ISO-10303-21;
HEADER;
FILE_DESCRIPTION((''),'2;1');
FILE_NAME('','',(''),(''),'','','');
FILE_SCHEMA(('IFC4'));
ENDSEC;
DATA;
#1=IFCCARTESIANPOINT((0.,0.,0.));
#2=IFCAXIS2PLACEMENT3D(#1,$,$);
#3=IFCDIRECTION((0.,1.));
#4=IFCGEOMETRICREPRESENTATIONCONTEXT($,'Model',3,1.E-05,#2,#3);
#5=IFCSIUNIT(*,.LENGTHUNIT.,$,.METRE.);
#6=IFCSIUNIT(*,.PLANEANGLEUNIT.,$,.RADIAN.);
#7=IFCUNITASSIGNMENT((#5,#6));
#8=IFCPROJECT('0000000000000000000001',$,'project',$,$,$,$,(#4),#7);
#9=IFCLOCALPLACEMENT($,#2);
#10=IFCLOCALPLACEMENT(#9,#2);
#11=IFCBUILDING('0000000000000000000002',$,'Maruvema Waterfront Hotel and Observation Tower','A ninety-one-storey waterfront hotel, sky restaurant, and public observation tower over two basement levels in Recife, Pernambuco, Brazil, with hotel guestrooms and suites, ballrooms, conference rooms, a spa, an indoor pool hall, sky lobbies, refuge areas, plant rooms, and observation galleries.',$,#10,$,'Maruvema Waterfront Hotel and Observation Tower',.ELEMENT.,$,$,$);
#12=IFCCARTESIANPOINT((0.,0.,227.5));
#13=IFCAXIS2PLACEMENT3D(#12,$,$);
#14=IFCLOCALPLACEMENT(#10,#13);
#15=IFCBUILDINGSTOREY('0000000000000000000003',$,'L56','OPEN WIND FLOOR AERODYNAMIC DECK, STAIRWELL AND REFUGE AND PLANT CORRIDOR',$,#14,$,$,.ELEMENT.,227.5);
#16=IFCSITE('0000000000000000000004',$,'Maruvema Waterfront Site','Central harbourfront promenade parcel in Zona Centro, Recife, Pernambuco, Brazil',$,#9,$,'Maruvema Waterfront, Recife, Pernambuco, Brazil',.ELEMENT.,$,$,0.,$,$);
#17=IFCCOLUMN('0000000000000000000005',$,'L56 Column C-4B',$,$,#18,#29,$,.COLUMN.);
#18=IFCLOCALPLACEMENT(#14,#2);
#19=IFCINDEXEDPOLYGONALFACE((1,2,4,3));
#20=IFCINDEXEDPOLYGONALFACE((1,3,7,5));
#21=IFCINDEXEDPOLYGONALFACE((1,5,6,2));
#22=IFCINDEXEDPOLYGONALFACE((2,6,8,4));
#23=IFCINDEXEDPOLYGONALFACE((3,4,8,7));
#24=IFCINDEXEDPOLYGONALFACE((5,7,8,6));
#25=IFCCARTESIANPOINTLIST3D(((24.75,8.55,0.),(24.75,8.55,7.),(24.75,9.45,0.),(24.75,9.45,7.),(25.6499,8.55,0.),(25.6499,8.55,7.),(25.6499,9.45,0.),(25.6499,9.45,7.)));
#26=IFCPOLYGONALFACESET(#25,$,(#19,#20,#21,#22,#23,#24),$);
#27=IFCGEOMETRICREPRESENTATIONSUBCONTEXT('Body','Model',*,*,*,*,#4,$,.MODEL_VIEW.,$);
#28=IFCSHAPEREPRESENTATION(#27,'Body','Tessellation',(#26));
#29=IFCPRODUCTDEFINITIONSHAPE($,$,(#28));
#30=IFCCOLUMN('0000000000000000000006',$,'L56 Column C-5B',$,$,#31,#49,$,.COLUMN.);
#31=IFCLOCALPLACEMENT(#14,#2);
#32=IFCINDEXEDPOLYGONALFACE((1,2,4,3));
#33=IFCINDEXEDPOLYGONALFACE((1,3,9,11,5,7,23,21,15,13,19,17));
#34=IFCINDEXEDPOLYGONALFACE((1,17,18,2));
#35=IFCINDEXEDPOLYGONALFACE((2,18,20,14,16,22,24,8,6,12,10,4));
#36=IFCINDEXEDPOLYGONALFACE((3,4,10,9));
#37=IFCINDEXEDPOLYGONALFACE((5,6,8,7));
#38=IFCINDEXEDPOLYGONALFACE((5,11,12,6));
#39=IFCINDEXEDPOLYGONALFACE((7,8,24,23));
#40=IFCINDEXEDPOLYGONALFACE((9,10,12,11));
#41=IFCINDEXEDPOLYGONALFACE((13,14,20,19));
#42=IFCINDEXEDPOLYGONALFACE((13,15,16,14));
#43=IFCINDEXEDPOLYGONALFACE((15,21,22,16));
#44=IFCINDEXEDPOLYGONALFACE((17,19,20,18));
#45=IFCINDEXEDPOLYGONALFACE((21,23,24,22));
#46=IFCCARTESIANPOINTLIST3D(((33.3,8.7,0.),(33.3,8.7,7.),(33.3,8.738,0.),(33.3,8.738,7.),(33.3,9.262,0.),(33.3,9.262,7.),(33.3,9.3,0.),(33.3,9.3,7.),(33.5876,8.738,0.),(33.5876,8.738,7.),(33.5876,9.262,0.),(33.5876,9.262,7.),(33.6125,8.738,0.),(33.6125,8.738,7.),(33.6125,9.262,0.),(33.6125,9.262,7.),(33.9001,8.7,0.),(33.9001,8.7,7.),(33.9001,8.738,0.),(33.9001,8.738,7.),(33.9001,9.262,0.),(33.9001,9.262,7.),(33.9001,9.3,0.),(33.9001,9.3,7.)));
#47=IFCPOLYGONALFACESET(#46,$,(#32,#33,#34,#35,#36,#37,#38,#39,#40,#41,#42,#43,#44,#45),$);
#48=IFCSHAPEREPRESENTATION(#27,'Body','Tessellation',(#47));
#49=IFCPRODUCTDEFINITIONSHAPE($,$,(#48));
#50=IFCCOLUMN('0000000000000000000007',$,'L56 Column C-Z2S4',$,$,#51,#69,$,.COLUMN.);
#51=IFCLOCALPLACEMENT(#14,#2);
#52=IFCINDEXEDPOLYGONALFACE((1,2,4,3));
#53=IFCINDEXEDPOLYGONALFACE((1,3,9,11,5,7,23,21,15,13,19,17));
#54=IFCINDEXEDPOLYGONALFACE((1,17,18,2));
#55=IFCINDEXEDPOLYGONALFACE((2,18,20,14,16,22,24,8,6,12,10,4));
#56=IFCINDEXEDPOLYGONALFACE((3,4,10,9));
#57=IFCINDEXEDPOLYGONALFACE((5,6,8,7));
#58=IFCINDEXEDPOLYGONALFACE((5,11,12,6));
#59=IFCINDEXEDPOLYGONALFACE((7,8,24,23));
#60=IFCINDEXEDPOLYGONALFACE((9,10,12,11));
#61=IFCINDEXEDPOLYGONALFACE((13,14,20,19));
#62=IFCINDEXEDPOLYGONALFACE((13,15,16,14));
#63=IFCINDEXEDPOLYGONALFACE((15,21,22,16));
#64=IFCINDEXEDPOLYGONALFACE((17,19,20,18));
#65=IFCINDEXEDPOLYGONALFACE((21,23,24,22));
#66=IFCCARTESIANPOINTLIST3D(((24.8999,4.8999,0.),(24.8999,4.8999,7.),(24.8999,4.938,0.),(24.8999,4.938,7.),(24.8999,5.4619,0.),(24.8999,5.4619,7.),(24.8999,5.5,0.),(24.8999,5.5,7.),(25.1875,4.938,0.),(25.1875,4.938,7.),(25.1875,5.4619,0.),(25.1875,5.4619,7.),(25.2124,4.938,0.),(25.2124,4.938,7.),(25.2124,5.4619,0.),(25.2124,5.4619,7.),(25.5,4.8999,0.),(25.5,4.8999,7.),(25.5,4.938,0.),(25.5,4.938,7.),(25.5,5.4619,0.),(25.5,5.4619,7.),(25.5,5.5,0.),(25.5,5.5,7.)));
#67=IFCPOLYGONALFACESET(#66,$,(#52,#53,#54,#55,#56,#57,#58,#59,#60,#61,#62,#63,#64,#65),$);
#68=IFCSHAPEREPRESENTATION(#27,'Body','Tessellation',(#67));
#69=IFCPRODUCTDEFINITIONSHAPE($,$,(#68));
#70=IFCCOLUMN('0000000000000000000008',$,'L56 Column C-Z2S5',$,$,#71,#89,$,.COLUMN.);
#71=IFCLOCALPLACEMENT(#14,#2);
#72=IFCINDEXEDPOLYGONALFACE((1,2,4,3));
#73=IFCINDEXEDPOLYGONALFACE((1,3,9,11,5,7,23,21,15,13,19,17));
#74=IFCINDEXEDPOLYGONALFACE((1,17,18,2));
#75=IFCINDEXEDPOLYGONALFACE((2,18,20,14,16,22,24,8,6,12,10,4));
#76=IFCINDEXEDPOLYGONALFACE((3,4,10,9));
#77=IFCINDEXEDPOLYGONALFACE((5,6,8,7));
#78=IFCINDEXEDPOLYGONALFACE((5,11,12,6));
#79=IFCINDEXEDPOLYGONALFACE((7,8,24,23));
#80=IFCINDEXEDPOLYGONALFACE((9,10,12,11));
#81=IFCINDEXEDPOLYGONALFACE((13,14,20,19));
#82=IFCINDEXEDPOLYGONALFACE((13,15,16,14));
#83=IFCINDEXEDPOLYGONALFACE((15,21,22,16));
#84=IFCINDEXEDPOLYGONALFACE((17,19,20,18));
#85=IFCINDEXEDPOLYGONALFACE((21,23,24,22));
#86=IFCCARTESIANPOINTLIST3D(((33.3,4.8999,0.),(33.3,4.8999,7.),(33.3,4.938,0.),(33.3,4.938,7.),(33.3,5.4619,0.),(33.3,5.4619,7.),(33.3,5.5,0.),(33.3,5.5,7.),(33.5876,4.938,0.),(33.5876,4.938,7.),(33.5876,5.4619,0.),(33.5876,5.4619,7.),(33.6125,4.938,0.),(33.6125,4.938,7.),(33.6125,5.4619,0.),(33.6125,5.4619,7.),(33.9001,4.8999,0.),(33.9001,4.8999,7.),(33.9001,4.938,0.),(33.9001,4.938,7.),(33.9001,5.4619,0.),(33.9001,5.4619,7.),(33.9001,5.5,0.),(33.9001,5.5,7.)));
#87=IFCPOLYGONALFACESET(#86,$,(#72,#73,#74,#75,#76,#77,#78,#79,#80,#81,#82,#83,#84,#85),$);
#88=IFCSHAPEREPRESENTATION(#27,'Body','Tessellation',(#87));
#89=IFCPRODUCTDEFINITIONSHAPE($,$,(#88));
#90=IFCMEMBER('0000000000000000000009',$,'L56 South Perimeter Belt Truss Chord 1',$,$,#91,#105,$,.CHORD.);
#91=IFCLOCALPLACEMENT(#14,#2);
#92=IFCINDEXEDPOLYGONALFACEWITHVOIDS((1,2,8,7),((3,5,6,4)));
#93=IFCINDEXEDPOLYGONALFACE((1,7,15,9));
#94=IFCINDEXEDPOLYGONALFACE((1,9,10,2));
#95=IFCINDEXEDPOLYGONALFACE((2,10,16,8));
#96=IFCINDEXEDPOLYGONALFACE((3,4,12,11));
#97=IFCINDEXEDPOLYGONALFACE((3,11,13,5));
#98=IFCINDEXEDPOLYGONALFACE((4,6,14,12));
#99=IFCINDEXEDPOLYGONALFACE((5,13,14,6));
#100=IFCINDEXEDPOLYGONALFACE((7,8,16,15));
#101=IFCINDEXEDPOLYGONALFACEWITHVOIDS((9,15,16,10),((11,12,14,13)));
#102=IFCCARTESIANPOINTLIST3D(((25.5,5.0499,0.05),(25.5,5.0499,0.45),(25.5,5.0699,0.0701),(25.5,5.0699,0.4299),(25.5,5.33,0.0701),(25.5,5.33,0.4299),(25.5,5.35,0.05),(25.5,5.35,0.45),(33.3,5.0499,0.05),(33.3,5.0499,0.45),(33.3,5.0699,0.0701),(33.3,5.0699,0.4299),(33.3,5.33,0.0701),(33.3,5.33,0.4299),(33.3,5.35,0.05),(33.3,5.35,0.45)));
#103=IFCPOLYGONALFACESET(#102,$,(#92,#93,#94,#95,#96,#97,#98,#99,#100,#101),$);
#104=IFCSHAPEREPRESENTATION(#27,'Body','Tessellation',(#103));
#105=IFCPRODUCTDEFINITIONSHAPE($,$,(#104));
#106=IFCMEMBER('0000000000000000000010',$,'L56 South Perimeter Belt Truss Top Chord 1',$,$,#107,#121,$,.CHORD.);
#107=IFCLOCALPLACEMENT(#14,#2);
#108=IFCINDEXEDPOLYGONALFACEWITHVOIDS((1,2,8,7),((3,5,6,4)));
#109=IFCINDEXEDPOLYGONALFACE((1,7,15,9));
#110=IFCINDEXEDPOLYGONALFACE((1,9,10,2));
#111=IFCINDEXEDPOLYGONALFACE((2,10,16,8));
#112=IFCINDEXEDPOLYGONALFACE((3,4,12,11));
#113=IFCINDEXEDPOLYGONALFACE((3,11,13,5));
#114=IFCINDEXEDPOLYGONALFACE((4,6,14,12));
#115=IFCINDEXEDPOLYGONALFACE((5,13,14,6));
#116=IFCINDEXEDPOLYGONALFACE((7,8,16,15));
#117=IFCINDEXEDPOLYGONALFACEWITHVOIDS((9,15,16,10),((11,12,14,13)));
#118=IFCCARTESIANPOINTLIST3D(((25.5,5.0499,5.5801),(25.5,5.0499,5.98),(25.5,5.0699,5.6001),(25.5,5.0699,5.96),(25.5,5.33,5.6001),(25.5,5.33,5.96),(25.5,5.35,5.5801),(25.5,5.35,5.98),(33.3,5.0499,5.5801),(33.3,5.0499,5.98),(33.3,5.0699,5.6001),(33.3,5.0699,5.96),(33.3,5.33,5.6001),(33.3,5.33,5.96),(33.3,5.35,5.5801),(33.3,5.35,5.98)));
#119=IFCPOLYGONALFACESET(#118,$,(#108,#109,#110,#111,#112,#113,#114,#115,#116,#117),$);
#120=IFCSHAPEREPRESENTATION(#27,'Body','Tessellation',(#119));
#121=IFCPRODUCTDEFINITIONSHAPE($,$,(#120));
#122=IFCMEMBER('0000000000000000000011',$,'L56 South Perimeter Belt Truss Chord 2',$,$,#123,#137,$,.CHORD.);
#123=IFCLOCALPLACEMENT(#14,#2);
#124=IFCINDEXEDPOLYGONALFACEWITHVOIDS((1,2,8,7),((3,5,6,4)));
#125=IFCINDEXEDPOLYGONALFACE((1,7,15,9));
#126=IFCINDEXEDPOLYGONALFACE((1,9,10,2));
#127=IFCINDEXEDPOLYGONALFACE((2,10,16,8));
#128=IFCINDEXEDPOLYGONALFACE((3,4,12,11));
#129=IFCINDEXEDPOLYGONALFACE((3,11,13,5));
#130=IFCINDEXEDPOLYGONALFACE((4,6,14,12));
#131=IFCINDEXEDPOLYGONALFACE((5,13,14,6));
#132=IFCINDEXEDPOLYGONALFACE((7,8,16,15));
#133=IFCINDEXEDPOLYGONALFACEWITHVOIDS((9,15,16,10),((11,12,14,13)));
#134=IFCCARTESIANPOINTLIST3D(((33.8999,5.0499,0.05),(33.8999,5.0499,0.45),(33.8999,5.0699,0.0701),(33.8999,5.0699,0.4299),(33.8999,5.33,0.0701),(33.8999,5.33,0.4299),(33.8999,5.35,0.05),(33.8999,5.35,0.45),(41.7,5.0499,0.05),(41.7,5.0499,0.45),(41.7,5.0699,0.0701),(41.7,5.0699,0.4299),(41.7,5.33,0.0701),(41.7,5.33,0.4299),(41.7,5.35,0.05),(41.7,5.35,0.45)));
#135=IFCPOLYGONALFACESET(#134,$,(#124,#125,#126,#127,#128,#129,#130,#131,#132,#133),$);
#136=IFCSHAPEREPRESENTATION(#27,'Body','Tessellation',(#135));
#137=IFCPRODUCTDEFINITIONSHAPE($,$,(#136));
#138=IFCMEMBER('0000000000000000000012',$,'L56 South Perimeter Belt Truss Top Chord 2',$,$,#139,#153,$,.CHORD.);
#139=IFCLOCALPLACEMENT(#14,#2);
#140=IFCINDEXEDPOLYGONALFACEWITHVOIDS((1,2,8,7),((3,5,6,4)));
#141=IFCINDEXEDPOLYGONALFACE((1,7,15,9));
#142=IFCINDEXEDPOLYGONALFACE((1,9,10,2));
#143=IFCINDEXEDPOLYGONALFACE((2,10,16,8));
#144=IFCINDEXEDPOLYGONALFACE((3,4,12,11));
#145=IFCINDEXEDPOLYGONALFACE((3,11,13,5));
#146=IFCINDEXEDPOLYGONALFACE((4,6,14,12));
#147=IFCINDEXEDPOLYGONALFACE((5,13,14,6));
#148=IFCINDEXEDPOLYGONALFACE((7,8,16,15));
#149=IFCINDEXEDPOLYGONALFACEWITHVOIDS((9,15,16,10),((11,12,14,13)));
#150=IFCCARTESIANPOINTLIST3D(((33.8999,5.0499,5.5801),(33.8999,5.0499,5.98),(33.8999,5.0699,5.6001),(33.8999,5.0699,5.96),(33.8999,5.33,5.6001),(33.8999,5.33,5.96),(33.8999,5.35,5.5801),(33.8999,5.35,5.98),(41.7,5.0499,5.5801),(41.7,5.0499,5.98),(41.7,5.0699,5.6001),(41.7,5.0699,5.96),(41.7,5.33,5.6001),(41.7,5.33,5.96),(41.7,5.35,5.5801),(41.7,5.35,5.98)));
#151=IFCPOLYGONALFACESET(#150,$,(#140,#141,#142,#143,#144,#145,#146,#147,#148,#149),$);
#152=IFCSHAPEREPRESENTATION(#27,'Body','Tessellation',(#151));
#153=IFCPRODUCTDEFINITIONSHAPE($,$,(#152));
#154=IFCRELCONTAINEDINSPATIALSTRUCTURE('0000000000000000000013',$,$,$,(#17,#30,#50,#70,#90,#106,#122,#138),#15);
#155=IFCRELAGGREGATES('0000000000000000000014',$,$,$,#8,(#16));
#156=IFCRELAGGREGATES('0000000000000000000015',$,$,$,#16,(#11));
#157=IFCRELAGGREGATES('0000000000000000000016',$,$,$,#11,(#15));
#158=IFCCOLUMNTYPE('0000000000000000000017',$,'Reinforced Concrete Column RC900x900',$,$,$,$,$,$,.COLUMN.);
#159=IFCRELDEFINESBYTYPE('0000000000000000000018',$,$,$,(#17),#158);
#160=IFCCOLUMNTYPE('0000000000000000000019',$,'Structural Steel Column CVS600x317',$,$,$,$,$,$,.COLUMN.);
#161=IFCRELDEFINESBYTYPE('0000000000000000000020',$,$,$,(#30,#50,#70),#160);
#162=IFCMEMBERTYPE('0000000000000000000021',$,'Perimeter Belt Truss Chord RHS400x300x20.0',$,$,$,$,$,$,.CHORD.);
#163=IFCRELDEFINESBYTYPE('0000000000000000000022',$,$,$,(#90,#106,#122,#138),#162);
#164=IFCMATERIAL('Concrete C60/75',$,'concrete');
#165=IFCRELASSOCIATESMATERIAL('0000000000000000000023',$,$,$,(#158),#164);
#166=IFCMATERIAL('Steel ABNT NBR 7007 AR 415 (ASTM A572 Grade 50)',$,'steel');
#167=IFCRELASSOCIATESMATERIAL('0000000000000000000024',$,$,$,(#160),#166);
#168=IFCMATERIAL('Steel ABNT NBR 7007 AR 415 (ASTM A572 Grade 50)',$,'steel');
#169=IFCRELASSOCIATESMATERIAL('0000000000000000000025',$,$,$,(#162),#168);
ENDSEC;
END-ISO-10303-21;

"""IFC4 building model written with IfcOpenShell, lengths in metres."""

from ifc_helpers import new_model, si_unit, direction, frame, origin, origin_2d, place, context, subcontext, project, spatial, rectangle, hollow_rectangle, i_section, extrude, material, material_profile, profile_set, type_object, element, save


model = new_model("IFC4")

# Units and contexts
model_context = context("Model", 3, precision=1e-05, world=origin(), true_north=direction((0.0, 1.0)))
body_context = subcontext(model_context, "Body", "Model", "MODEL_VIEW")
ifc_project = project(units=[si_unit("LENGTHUNIT", "METRE"), si_unit("PLANEANGLEUNIT", "RADIAN")], contexts=[model_context])

# Site, building, storey
site_placement = place(None, origin())
site = spatial("IfcSite", under=ifc_project, at=site_placement, Name="Maruvema Waterfront Site", Description="Central harbourfront promenade parcel in Zona Centro, Recife, Pernambuco, Brazil", LongName="Maruvema Waterfront, Recife, Pernambuco, Brazil", CompositionType="ELEMENT", RefElevation=0.0)
building_placement = place(site_placement, origin())
building = spatial("IfcBuilding", under=site, at=building_placement, Name="Maruvema Waterfront Hotel and Observation Tower", Description="A ninety-one-storey waterfront hotel, sky restaurant, and public observation tower over two basement levels in Recife, Pernambuco, Brazil, with hotel guestrooms and suites, ballrooms, conference rooms, a spa, an indoor pool hall, sky lobbies, refuge areas, plant rooms, and observation galleries.", LongName="Maruvema Waterfront Hotel and Observation Tower", CompositionType="ELEMENT")
storey_placement = place(building_placement, frame((0.0, 0.0, 227.5)))
storey = spatial("IfcBuildingStorey", under=building, at=storey_placement, Name="L56", Description="OPEN WIND FLOOR AERODYNAMIC DECK, STAIRWELL AND REFUGE AND PLANT CORRIDOR", CompositionType="ELEMENT", Elevation=227.5)

# Columns
ifc_material_1 = material(Name="Concrete C60/75", Category="concrete")
ifc_material_profile_1 = material_profile(ifc_material_1, rectangle(XDim=0.8999, YDim=0.8999, at=origin_2d()), Name="RC900x900")
ifc_profile_set_1 = profile_set([ifc_material_profile_1], Name="Concrete C60/75")
column_type_1 = type_object("IfcColumnType", Name="Reinforced Concrete Column RC900x900", PredefinedType="COLUMN", material=ifc_profile_set_1)
column_placement = place(storey_placement, frame((25.2, 9.0, 0.0), z_axis=(0.0, 0.0, 1.0), x_axis=(1.0, 0.0, 0.0)))
element("IfcColumn", 1, at=column_placement, inside=storey, type_object=column_type_1, Name="L56 Column C-4B", PredefinedType="COLUMN", context=body_context, shape_type="SweptSolid", body=[
    extrude(rectangle(XDim=0.8999, YDim=0.8999, at=origin_2d()), origin(), (0.0, 0.0, 1.0), 7.0),
])
ifc_material_2 = material(Name="Steel ABNT NBR 7007 AR 415 (ASTM A572 Grade 50)", Category="steel")
ifc_material_profile_2 = material_profile(ifc_material_2, i_section(OverallWidth=0.6001, OverallDepth=0.6001, WebThickness=0.0249, FlangeThickness=0.0381, at=origin_2d()), Name="CVS600x317")
ifc_profile_set_2 = profile_set([ifc_material_profile_2], Name="Steel ABNT NBR 7007 AR 415 (ASTM A572 Grade 50)")
column_type_2 = type_object("IfcColumnType", Name="Structural Steel Column CVS600x317", PredefinedType="COLUMN", material=ifc_profile_set_2)
for number, where, z_axis, x_axis, name in (
    (2, (33.6001, 9.0, 0.0), (0.0, 0.0, 1.0), (1.0, 0.0, 0.0), "L56 Column C-5B"),
    (3, (25.2, 5.2, 0.0), (0.0, 0.0, 1.0), (1.0, 0.0, 0.0), "L56 Column C-Z2S4"),
    (4, (33.6001, 5.2, 0.0), (0.0, 0.0, 1.0), (1.0, 0.0, 0.0), "L56 Column C-Z2S5"),
):
    element("IfcColumn", number, at=place(storey_placement, frame(where, z_axis=z_axis, x_axis=x_axis)), inside=storey, type_object=column_type_2, Name=name, PredefinedType="COLUMN", context=body_context, shape_type="SweptSolid", body=[
        extrude(i_section(OverallWidth=0.6001, OverallDepth=0.6001, WebThickness=0.0249, FlangeThickness=0.0381, at=origin_2d()), origin(), (0.0, 0.0, 1.0), 7.0),
    ])

# Members
ifc_material_3 = material(Name="Steel ABNT NBR 7007 AR 415 (ASTM A572 Grade 50)", Category="steel")
ifc_material_profile_3 = material_profile(ifc_material_3, hollow_rectangle(XDim=0.3, YDim=0.3999, WallThickness=0.02, at=origin_2d()), Name="RHS400x300x20.0")
ifc_profile_set_3 = profile_set([ifc_material_profile_3], Name="Steel ABNT NBR 7007 AR 415 (ASTM A572 Grade 50)")
member_type_1 = type_object("IfcMemberType", Name="Perimeter Belt Truss Chord RHS400x300x20.0", PredefinedType="CHORD", material=ifc_profile_set_3)
for number, where, z_axis, x_axis, name in (
    (5, (25.5, 5.2, 0.25), (1.0, 0.0, 0.0), (0.0, 1.0, 0.0), "L56 South Perimeter Belt Truss Chord 1"),
    (6, (25.5, 5.2, 5.78), (1.0, 0.0, 0.0), (0.0, 1.0, 0.0), "L56 South Perimeter Belt Truss Top Chord 1"),
    (7, (33.8999, 5.2, 0.25), (1.0, 0.0, 0.0), (0.0, 1.0, 0.0), "L56 South Perimeter Belt Truss Chord 2"),
    (8, (33.8999, 5.2, 5.78), (1.0, 0.0, 0.0), (0.0, 1.0, 0.0), "L56 South Perimeter Belt Truss Top Chord 2"),
):
    element("IfcMember", number, at=place(storey_placement, frame(where, z_axis=z_axis, x_axis=x_axis)), inside=storey, type_object=member_type_1, Name=name, PredefinedType="CHORD", context=body_context, shape_type="SweptSolid", body=[
        extrude(hollow_rectangle(XDim=0.3, YDim=0.3999, WallThickness=0.02, at=origin_2d()), origin(), (0.0, 0.0, 1.0), 7.8),
    ])

save(model, "model.ifc")
